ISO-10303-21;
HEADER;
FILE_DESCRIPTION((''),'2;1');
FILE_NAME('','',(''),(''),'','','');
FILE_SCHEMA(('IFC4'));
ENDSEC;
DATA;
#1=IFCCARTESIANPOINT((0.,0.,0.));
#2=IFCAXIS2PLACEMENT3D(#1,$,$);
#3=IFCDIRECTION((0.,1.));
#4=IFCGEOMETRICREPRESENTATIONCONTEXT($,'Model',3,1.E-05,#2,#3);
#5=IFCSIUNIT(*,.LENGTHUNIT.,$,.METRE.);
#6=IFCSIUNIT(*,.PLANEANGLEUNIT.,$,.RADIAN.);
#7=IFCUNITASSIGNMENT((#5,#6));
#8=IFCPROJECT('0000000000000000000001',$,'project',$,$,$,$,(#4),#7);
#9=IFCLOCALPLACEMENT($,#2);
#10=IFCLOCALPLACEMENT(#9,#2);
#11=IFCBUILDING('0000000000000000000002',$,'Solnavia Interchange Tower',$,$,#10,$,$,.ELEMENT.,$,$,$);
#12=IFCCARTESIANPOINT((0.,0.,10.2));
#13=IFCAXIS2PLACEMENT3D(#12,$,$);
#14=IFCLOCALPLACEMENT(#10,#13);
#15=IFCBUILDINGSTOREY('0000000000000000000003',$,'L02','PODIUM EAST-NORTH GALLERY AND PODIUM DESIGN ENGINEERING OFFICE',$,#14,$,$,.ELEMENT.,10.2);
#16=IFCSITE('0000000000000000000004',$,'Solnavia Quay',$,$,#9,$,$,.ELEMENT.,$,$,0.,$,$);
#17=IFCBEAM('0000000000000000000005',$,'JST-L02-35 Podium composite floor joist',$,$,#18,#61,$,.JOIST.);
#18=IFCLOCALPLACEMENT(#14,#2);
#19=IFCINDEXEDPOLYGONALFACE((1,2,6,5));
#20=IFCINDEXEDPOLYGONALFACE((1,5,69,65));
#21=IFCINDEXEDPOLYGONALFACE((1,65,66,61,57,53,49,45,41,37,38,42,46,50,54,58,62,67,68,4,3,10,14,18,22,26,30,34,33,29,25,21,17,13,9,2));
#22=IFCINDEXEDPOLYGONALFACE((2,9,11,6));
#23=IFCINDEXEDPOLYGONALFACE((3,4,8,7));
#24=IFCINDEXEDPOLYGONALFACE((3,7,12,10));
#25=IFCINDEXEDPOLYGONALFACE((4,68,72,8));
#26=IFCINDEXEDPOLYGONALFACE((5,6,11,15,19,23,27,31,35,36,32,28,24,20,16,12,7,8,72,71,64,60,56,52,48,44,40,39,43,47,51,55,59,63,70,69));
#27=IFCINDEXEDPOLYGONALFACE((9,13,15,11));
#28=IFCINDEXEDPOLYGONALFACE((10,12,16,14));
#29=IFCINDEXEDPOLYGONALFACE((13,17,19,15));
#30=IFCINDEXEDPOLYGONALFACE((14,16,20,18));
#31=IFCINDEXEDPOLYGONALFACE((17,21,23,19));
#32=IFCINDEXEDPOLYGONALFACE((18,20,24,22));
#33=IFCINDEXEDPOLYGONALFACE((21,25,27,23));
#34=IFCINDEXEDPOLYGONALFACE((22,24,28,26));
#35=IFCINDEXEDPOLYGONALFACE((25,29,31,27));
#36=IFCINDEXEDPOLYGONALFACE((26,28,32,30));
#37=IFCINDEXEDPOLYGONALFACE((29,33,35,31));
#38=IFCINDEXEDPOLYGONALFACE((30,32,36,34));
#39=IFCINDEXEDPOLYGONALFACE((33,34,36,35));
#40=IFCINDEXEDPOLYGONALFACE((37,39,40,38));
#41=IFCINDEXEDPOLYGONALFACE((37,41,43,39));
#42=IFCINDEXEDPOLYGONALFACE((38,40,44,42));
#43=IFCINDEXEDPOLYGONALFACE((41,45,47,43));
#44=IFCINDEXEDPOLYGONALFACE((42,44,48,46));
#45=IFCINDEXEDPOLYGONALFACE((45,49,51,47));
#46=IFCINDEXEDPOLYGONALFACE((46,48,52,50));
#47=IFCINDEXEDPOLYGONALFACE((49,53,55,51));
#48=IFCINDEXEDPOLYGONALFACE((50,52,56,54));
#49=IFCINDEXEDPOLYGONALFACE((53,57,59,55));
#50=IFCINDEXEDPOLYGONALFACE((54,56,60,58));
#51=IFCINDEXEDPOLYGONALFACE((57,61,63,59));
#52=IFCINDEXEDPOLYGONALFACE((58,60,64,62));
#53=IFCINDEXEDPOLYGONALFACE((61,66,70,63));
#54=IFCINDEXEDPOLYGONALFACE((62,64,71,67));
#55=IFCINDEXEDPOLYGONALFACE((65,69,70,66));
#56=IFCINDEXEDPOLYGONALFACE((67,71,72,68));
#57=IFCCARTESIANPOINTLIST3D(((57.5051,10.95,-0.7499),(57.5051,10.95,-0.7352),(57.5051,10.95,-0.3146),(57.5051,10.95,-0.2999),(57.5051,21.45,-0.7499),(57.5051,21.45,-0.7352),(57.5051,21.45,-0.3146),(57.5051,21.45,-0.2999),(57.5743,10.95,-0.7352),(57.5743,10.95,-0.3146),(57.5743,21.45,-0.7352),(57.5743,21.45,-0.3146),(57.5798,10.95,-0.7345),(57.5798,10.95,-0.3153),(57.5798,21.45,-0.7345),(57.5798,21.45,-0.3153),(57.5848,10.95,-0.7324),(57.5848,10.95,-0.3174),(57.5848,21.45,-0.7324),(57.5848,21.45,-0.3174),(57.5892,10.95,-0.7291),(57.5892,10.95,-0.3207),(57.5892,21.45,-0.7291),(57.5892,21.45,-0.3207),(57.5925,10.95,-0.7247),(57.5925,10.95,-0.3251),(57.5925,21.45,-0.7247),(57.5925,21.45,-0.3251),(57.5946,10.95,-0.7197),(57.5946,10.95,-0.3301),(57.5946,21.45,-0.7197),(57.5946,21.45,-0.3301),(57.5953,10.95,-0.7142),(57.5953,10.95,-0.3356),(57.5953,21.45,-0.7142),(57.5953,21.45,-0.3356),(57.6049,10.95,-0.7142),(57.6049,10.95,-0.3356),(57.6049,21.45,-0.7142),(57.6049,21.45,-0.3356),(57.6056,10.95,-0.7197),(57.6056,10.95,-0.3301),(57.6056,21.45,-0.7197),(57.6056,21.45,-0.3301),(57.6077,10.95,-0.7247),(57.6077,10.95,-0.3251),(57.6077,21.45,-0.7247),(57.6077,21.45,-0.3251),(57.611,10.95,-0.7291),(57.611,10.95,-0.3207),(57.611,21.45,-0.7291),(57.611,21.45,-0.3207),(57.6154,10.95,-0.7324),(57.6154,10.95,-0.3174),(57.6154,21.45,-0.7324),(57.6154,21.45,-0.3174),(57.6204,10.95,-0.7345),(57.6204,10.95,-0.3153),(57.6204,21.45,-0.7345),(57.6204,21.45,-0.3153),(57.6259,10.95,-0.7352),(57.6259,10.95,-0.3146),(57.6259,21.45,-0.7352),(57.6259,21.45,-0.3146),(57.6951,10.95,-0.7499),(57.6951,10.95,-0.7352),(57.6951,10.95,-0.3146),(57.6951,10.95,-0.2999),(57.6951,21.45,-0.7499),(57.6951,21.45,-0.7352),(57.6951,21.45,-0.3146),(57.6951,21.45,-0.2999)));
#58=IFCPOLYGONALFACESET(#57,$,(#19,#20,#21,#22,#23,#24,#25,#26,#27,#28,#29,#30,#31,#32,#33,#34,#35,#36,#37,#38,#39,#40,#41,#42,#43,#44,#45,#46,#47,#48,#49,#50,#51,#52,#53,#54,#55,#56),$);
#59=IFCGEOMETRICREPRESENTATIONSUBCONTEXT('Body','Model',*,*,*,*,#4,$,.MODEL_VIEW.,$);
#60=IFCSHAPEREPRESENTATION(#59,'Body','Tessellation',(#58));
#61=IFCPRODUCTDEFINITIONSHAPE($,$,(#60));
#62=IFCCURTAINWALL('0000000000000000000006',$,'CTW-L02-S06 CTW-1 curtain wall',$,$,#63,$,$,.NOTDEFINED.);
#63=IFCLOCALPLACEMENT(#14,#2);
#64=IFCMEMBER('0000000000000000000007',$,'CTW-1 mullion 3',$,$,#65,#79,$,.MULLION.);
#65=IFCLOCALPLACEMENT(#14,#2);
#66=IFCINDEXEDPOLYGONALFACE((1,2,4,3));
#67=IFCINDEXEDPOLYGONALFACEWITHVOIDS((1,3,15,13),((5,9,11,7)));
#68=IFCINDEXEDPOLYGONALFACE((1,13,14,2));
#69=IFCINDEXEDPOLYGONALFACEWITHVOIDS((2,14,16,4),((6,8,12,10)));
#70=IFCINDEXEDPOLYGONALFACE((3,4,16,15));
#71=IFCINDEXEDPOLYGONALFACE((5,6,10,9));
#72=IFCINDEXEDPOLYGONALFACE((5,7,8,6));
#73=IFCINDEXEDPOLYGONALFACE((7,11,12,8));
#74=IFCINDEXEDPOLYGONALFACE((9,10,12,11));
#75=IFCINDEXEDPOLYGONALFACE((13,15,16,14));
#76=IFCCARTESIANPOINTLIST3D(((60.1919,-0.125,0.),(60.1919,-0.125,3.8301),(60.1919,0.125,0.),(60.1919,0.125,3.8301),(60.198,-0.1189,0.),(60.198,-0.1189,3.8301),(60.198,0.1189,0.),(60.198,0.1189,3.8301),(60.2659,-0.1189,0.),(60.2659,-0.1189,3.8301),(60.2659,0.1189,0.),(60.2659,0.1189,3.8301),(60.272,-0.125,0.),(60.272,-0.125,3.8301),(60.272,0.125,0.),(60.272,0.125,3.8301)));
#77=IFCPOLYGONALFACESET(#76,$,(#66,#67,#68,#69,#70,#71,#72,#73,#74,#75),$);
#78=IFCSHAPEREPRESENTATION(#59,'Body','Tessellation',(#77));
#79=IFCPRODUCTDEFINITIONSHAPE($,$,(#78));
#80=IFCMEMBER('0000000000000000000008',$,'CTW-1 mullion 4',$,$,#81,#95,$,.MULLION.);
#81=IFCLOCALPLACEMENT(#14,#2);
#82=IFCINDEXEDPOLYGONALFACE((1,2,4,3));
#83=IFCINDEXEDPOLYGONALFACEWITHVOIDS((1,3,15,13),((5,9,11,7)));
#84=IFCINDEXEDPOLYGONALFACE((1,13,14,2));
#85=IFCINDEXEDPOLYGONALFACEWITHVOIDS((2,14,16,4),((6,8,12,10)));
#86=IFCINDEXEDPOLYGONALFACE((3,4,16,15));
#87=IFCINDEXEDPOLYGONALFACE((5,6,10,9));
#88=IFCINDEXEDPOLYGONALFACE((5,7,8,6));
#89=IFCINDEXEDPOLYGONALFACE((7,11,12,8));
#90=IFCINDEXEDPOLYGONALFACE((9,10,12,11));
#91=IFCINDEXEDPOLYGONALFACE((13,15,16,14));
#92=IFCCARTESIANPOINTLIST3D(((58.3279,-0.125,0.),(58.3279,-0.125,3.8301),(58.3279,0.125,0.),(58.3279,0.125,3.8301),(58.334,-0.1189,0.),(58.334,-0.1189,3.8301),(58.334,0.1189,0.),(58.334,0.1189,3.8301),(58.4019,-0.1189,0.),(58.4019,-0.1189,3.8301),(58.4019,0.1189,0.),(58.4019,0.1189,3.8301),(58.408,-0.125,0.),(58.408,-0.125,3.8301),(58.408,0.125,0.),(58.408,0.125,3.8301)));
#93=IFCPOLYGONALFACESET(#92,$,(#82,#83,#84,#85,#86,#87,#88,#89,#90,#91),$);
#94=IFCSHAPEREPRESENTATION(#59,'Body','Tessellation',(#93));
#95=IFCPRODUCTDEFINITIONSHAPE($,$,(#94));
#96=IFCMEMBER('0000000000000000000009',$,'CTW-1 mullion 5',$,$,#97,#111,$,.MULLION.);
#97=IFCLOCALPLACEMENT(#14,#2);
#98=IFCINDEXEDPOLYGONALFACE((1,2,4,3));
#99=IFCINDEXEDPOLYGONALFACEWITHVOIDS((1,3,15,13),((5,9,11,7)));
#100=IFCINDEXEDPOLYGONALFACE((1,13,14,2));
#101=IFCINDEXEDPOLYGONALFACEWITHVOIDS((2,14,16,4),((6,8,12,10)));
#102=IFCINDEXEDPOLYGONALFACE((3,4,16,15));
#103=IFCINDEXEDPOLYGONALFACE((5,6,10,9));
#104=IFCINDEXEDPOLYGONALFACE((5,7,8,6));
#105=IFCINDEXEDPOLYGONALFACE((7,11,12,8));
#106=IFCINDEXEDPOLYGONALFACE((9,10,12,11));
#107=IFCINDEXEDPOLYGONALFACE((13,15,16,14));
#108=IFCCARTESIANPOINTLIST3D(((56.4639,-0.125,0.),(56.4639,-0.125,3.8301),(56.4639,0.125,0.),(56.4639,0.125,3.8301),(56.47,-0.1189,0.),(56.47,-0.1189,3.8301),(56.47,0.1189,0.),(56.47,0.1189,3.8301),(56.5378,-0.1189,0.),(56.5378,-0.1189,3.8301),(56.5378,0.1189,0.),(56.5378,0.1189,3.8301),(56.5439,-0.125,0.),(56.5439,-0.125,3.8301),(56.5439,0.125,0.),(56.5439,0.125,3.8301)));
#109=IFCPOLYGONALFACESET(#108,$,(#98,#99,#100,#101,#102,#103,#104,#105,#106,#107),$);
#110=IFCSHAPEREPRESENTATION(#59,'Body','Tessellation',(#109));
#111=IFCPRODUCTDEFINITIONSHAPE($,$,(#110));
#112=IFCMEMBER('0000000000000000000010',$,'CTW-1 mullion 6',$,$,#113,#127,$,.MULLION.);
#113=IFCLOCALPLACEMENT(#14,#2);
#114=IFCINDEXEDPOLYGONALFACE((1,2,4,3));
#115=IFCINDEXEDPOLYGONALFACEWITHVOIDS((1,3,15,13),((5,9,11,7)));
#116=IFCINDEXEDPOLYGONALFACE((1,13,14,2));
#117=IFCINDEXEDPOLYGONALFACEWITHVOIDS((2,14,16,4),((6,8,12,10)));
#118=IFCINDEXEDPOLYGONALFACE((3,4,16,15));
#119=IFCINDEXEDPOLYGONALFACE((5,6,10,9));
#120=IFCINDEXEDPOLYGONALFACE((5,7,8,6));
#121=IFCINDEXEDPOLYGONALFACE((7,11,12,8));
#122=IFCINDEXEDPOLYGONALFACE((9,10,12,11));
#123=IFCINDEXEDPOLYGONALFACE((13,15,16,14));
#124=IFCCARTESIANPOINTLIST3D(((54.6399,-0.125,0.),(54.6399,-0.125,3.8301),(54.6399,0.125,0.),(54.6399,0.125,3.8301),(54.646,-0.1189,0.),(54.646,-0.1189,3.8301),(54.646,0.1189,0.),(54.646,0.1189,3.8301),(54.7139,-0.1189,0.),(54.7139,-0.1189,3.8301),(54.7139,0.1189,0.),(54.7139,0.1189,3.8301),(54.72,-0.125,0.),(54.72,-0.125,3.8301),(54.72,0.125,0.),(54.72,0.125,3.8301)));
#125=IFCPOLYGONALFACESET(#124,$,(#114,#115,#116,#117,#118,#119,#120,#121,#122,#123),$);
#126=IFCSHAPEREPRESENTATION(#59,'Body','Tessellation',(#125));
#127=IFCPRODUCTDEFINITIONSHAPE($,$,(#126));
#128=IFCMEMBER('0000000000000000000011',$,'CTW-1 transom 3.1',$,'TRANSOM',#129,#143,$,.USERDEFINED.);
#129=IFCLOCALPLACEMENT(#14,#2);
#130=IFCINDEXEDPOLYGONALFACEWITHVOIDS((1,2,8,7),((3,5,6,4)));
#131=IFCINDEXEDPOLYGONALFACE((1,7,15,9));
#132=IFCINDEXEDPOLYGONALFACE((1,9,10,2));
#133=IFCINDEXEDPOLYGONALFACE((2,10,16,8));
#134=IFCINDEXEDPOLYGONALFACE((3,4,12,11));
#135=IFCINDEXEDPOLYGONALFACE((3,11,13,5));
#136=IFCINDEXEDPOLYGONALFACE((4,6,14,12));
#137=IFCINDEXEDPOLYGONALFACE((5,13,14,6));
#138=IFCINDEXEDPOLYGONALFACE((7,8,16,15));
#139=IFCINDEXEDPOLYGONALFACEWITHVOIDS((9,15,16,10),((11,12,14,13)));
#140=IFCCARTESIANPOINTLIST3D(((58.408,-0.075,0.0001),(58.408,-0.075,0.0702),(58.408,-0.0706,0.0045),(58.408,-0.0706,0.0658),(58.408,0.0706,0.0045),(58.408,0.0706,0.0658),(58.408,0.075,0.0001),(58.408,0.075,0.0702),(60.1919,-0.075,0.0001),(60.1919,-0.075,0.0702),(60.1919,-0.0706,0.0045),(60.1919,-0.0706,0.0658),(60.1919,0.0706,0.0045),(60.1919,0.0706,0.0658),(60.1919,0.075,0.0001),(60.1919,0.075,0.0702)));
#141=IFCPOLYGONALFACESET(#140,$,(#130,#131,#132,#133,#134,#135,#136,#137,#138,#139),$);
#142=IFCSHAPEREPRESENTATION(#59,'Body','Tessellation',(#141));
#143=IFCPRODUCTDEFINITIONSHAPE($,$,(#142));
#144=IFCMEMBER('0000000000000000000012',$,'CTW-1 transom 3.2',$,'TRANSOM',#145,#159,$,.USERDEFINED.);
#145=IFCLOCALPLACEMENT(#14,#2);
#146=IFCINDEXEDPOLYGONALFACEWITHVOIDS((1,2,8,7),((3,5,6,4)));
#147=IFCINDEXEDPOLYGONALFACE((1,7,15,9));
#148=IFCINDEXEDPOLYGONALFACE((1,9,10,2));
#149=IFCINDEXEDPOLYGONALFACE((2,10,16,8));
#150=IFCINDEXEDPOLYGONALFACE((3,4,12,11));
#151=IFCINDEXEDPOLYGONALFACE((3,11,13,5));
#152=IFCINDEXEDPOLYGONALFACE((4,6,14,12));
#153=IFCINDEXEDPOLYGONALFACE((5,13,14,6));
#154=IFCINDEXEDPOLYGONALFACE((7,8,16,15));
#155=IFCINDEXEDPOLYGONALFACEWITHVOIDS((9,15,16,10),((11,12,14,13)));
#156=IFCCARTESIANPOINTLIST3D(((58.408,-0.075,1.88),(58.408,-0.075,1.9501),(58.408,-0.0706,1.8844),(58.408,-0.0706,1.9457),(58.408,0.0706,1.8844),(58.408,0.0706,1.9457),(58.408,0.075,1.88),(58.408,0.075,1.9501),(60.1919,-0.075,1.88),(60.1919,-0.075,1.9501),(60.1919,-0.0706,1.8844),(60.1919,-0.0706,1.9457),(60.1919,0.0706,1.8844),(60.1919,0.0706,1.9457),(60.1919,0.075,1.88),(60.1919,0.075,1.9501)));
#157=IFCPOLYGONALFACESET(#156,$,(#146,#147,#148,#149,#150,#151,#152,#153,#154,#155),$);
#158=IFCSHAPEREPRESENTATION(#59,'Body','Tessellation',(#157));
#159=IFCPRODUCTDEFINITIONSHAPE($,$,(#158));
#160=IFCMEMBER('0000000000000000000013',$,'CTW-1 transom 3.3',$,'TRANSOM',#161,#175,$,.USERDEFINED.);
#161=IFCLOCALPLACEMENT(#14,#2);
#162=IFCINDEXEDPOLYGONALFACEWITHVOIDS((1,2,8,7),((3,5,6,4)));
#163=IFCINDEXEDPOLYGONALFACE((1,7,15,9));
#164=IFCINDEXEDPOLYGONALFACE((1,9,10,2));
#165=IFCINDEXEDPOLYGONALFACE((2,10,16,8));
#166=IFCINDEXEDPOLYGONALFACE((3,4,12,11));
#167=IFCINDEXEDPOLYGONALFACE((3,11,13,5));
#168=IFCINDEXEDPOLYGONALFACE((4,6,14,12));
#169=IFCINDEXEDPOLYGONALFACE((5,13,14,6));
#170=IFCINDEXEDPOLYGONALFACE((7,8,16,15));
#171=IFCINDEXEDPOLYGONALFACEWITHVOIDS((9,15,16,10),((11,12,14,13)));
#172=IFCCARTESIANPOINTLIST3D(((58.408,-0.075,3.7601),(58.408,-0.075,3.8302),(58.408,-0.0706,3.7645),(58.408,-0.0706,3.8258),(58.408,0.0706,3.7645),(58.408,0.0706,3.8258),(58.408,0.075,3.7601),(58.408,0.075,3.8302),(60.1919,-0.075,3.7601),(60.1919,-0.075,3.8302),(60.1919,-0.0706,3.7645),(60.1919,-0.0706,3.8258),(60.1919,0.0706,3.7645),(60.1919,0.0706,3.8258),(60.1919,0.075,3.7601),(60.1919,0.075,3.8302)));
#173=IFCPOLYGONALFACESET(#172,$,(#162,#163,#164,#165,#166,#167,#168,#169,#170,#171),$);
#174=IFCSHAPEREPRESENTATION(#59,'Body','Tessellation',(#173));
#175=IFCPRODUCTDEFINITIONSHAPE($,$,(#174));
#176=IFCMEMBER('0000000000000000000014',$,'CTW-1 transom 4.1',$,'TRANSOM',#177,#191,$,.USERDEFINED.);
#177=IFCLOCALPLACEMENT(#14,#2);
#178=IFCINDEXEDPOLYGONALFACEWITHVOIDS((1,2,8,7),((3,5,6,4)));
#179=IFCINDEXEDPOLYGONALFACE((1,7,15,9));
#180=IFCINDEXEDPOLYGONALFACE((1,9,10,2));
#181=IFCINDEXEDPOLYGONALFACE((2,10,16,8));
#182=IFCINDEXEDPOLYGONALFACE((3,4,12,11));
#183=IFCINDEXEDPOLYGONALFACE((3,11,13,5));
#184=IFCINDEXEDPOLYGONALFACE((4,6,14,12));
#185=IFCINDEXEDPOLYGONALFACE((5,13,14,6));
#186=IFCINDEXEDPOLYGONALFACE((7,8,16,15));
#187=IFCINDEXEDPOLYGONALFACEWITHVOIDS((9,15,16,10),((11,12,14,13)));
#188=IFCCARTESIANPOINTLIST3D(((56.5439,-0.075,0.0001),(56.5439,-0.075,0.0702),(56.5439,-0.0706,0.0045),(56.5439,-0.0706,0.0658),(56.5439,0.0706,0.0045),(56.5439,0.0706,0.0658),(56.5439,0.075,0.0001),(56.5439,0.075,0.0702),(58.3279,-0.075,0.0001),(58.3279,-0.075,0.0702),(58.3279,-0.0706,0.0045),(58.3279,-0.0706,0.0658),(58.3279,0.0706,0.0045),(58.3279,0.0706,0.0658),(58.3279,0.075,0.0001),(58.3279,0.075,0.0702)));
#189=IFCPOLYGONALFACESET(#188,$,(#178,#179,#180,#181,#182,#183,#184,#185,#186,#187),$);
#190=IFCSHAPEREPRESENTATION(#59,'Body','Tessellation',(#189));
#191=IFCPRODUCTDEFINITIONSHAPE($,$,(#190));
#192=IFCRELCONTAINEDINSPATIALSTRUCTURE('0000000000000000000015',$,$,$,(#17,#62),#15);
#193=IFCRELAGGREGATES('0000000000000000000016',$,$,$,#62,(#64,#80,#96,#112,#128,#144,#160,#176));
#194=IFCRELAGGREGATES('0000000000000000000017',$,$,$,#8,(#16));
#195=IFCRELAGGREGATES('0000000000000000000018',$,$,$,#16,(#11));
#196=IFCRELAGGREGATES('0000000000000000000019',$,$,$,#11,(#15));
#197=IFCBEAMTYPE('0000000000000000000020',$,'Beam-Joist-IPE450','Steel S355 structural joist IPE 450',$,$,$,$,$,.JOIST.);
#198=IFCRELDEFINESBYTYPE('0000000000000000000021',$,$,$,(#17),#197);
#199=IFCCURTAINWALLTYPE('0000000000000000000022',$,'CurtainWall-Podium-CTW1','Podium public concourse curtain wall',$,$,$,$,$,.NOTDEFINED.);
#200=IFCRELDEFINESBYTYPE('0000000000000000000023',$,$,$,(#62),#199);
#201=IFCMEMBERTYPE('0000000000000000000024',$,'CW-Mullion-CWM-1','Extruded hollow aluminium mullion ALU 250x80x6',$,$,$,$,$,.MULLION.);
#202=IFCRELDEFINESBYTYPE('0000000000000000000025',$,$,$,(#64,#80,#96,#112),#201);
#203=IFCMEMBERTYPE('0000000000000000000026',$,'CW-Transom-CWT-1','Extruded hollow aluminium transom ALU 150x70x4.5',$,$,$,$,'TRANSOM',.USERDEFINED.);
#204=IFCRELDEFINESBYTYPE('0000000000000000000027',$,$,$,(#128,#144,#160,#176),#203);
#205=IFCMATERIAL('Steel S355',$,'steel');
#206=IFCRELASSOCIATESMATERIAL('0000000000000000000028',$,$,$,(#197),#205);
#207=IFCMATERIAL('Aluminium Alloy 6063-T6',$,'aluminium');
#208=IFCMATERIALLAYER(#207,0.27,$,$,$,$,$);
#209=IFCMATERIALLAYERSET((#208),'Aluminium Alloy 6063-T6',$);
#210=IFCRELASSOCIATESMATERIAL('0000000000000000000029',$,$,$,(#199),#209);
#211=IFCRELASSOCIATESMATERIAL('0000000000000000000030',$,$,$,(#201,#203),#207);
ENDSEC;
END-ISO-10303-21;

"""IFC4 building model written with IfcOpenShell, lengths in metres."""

from ifc_helpers import new_model, si_unit, direction, frame, origin, origin_2d, place, context, subcontext, project, spatial, hollow_rectangle, i_section, extrude, material, layer, layer_set, material_profile, profile_set, type_object, element, aggregate, save


model = new_model("IFC4")

# Units and contexts
model_context = context("Model", 3, precision=1e-05, world=origin(), true_north=direction((0.0, 1.0)))
body_context = subcontext(model_context, "Body", "Model", "MODEL_VIEW")
ifc_project = project(units=[si_unit("LENGTHUNIT", "METRE"), si_unit("PLANEANGLEUNIT", "RADIAN")], contexts=[model_context])

# Site, building, storey
site_placement = place(None, origin())
site = spatial("IfcSite", under=ifc_project, at=site_placement, Name="Solnavia Quay", CompositionType="ELEMENT", RefElevation=0.0)
building_placement = place(site_placement, origin())
building = spatial("IfcBuilding", under=site, at=building_placement, Name="Solnavia Interchange Tower", CompositionType="ELEMENT")
storey_placement = place(building_placement, frame((0.0, 0.0, 10.2)))
storey = spatial("IfcBuildingStorey", under=building, at=storey_placement, Name="L02", Description="PODIUM EAST-NORTH GALLERY AND PODIUM DESIGN ENGINEERING OFFICE", CompositionType="ELEMENT", Elevation=10.2)

# Beam
ifc_material_1 = material(Name="Steel S355", Category="steel")
ifc_material_profile_1 = material_profile(ifc_material_1, i_section(OverallWidth=0.1899, OverallDepth=0.45, WebThickness=0.0095, FlangeThickness=0.0146, FilletRadius=0.021, at=origin_2d()), Name="IPE 450")
ifc_profile_set_1 = profile_set([ifc_material_profile_1], Name="Steel S355")
beam_type_1 = type_object("IfcBeamType", Name="Beam-Joist-IPE450", Description="Steel S355 structural joist IPE 450", PredefinedType="JOIST", material=ifc_profile_set_1)
beam_1_placement = place(storey_placement, frame((57.6001, 10.95, -0.5249), z_axis=(0.0, 1.0, 0.0), x_axis=(-1.0, 0.0, 0.0)))
element("IfcBeam", 1, at=beam_1_placement, inside=storey, type_object=beam_type_1, Name="JST-L02-35 Podium composite floor joist", PredefinedType="JOIST", context=body_context, shape_type="SweptSolid", body=[
    extrude(i_section(OverallWidth=0.1899, OverallDepth=0.45, WebThickness=0.0095, FlangeThickness=0.0146, FilletRadius=0.021, at=origin_2d()), origin(), (0.0, 0.0, 1.0), 10.5),
])

# Curtain wall, members
ifc_material_2 = material(Name="Aluminium Alloy 6063-T6", Category="aluminium")
ifc_layer_1 = layer(ifc_material_2, 0.27)
ifc_layer_set_1 = layer_set([ifc_layer_1], Name="Aluminium Alloy 6063-T6")
curtain_wall_type = type_object("IfcCurtainWallType", Name="CurtainWall-Podium-CTW1", Description="Podium public concourse curtain wall", PredefinedType="NOTDEFINED", material=ifc_layer_set_1)
curtain_wall_placement = place(storey_placement, origin())
curtain_wall = element("IfcCurtainWall", 2, at=curtain_wall_placement, inside=storey, type_object=curtain_wall_type, Name="CTW-L02-S06 CTW-1 curtain wall", PredefinedType="NOTDEFINED")
ifc_material_profile_2 = material_profile(ifc_material_2, hollow_rectangle(XDim=0.0801, YDim=0.25, WallThickness=0.0061, at=origin_2d()), Name="ALU 250x80x6")
ifc_profile_set_2 = profile_set([ifc_material_profile_2], Name="Aluminium Alloy 6063-T6")
member_type_1 = type_object("IfcMemberType", Name="CW-Mullion-CWM-1", Description="Extruded hollow aluminium mullion ALU 250x80x6", PredefinedType="MULLION", material=ifc_profile_set_2)
member_1_placement = place(storey_placement, frame((60.2319, 0.0, 0.0), z_axis=(0.0, 0.0, 1.0), x_axis=(-1.0, 0.0, 0.0)))
member_1 = element("IfcMember", 3, at=member_1_placement, type_object=member_type_1, Name="CTW-1 mullion 3", PredefinedType="MULLION", context=body_context, shape_type="SweptSolid", body=[
    extrude(hollow_rectangle(XDim=0.0801, YDim=0.25, WallThickness=0.0061, at=origin_2d()), origin(), (0.0, 0.0, 1.0), 3.8301),
])
member_2_placement = place(storey_placement, frame((58.3679, 0.0, 0.0), z_axis=(0.0, 0.0, 1.0), x_axis=(-1.0, 0.0, 0.0)))
member_2 = element("IfcMember", 4, at=member_2_placement, type_object=member_type_1, Name="CTW-1 mullion 4", PredefinedType="MULLION", context=body_context, shape_type="SweptSolid", body=[
    extrude(hollow_rectangle(XDim=0.0801, YDim=0.25, WallThickness=0.0061, at=origin_2d()), origin(), (0.0, 0.0, 1.0), 3.8301),
])
member_3_placement = place(storey_placement, frame((56.5039, 0.0, 0.0), z_axis=(0.0, 0.0, 1.0), x_axis=(-1.0, 0.0, 0.0)))
member_3 = element("IfcMember", 5, at=member_3_placement, type_object=member_type_1, Name="CTW-1 mullion 5", PredefinedType="MULLION", context=body_context, shape_type="SweptSolid", body=[
    extrude(hollow_rectangle(XDim=0.0801, YDim=0.25, WallThickness=0.0061, at=origin_2d()), origin(), (0.0, 0.0, 1.0), 3.8301),
])
member_4_placement = place(storey_placement, frame((54.6799, 0.0, 0.0), z_axis=(0.0, 0.0, 1.0), x_axis=(-1.0, 0.0, 0.0)))
member_4 = element("IfcMember", 6, at=member_4_placement, type_object=member_type_1, Name="CTW-1 mullion 6", PredefinedType="MULLION", context=body_context, shape_type="SweptSolid", body=[
    extrude(hollow_rectangle(XDim=0.0801, YDim=0.25, WallThickness=0.0061, at=origin_2d()), origin(), (0.0, 0.0, 1.0), 3.8301),
])
ifc_material_profile_3 = material_profile(ifc_material_2, hollow_rectangle(XDim=0.0701, YDim=0.1499, WallThickness=0.0044, at=origin_2d()), Name="ALU 150x70x4.5")
ifc_profile_set_3 = profile_set([ifc_material_profile_3], Name="Aluminium Alloy 6063-T6")
member_type_2 = type_object("IfcMemberType", Name="CW-Transom-CWT-1", Description="Extruded hollow aluminium transom ALU 150x70x4.5", ElementType="TRANSOM", PredefinedType="USERDEFINED", material=ifc_profile_set_3)
member_5_placement = place(storey_placement, frame((60.1919, 0.0, 0.0352), z_axis=(-1.0, 0.0, 0.0), x_axis=(0.0, 0.0, 1.0)))
member_5 = element("IfcMember", 7, at=member_5_placement, type_object=member_type_2, Name="CTW-1 transom 3.1", ObjectType="TRANSOM", PredefinedType="USERDEFINED", context=body_context, shape_type="SweptSolid", body=[
    extrude(hollow_rectangle(XDim=0.0701, YDim=0.1499, WallThickness=0.0044, at=origin_2d()), origin(), (0.0, 0.0, 1.0), 1.7839),
])
member_6_placement = place(storey_placement, frame((60.1919, 0.0, 1.915), z_axis=(-1.0, 0.0, 0.0), x_axis=(0.0, 0.0, 1.0)))
member_6 = element("IfcMember", 8, at=member_6_placement, type_object=member_type_2, Name="CTW-1 transom 3.2", ObjectType="TRANSOM", PredefinedType="USERDEFINED", context=body_context, shape_type="SweptSolid", body=[
    extrude(hollow_rectangle(XDim=0.0701, YDim=0.1499, WallThickness=0.0044, at=origin_2d()), origin(), (0.0, 0.0, 1.0), 1.7839),
])
member_7_placement = place(storey_placement, frame((60.1919, 0.0, 3.7952), z_axis=(-1.0, 0.0, 0.0), x_axis=(0.0, 0.0, 1.0)))
member_7 = element("IfcMember", 9, at=member_7_placement, type_object=member_type_2, Name="CTW-1 transom 3.3", ObjectType="TRANSOM", PredefinedType="USERDEFINED", context=body_context, shape_type="SweptSolid", body=[
    extrude(hollow_rectangle(XDim=0.0701, YDim=0.1499, WallThickness=0.0044, at=origin_2d()), origin(), (0.0, 0.0, 1.0), 1.7839),
])
member_8_placement = place(storey_placement, frame((58.3279, 0.0, 0.0352), z_axis=(-1.0, 0.0, 0.0), x_axis=(0.0, 0.0, 1.0)))
member_8 = element("IfcMember", 10, at=member_8_placement, type_object=member_type_2, Name="CTW-1 transom 4.1", ObjectType="TRANSOM", PredefinedType="USERDEFINED", context=body_context, shape_type="SweptSolid", body=[
    extrude(hollow_rectangle(XDim=0.0701, YDim=0.1499, WallThickness=0.0044, at=origin_2d()), origin(), (0.0, 0.0, 1.0), 1.7839),
])
aggregate(curtain_wall, [member_1, member_2, member_3, member_4, member_5, member_6, member_7, member_8])

save(model, "model.ifc")
